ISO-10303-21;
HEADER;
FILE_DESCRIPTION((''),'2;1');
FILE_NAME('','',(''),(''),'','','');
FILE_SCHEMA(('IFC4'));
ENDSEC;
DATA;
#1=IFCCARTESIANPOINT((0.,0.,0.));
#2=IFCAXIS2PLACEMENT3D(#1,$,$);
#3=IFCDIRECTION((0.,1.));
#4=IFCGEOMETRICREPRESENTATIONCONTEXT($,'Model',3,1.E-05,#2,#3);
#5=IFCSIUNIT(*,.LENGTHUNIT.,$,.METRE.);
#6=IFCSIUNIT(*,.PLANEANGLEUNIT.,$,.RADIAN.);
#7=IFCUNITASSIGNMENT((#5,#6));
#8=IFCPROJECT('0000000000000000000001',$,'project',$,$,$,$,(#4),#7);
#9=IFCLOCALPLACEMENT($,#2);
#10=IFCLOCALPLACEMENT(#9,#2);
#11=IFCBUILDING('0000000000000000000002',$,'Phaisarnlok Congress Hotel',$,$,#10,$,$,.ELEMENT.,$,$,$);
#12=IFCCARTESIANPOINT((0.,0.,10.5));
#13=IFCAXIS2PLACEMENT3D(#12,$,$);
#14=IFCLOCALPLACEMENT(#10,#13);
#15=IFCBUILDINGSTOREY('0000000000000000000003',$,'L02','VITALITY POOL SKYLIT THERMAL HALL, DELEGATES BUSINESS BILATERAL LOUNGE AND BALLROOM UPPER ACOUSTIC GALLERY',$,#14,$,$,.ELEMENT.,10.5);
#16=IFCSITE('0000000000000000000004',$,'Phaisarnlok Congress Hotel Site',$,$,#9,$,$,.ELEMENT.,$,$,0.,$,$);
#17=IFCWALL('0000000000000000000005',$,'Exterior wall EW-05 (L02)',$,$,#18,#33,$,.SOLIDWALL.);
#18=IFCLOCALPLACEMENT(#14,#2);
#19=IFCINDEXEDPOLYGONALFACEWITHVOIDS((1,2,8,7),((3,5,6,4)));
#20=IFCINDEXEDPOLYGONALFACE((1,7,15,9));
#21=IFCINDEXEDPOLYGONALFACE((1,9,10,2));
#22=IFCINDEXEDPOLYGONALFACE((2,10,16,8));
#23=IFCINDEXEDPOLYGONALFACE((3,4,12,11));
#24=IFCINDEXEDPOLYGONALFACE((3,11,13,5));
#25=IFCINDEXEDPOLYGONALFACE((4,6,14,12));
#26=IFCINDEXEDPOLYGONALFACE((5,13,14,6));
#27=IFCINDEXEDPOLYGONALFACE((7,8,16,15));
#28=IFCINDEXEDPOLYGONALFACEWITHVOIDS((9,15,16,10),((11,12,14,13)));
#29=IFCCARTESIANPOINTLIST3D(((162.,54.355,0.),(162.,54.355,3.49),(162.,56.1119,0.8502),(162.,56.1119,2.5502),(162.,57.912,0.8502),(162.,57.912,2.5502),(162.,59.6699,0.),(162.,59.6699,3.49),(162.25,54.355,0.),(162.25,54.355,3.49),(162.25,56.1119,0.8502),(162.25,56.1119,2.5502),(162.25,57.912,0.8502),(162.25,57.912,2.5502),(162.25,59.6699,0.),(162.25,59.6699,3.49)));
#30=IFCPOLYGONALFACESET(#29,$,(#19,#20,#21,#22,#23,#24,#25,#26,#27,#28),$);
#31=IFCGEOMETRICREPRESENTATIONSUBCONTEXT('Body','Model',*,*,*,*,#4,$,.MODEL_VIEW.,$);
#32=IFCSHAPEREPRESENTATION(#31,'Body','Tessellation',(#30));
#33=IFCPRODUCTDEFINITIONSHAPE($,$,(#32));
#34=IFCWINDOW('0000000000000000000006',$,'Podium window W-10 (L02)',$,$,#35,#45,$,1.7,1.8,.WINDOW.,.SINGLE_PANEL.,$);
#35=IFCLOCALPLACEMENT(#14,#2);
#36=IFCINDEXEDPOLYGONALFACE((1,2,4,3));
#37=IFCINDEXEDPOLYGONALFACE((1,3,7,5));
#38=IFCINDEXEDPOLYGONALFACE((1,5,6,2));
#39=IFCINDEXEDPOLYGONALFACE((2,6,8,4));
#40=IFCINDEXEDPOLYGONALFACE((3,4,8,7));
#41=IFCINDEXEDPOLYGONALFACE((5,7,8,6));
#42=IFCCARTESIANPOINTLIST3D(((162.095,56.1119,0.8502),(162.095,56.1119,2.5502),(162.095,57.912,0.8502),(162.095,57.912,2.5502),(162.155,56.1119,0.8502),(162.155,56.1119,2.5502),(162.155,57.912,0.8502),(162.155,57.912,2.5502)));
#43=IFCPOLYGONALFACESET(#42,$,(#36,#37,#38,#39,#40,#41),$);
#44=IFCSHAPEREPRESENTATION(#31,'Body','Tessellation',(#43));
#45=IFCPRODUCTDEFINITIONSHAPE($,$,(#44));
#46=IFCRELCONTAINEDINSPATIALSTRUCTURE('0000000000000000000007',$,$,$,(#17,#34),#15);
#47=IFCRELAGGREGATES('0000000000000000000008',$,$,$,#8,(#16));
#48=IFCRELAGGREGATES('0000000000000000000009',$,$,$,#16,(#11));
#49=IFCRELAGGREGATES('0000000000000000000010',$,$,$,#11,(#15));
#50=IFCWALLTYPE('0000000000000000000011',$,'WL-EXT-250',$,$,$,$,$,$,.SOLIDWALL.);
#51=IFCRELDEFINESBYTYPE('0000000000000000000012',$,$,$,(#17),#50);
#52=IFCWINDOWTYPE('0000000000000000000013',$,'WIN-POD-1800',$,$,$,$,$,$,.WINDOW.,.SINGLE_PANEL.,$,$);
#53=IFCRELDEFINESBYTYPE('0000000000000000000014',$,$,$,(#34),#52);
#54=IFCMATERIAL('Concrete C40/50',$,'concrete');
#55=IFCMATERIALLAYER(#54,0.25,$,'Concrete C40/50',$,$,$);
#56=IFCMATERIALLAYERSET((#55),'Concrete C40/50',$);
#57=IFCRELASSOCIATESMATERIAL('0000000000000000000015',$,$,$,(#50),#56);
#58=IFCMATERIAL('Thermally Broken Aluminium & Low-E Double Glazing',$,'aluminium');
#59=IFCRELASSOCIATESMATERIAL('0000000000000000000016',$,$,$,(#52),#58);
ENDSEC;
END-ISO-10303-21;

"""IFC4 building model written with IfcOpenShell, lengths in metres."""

from ifc_helpers import new_model, si_unit, direction, frame, frame_2d, origin, place, context, subcontext, project, spatial, rectangle, extrude, material, layer, layer_set, type_object, element, fill, save


model = new_model("IFC4")

# Units and contexts
model_context = context("Model", 3, precision=1e-05, world=origin(), true_north=direction((0.0, 1.0)))
body_context = subcontext(model_context, "Body", "Model", "MODEL_VIEW")
ifc_project = project(units=[si_unit("LENGTHUNIT", "METRE"), si_unit("PLANEANGLEUNIT", "RADIAN")], contexts=[model_context])

# Site, building, storey
site_placement = place(None, origin())
site = spatial("IfcSite", under=ifc_project, at=site_placement, Name="Phaisarnlok Congress Hotel Site", CompositionType="ELEMENT", RefElevation=0.0)
building_placement = place(site_placement, origin())
building = spatial("IfcBuilding", under=site, at=building_placement, Name="Phaisarnlok Congress Hotel", CompositionType="ELEMENT")
storey_placement = place(building_placement, frame((0.0, 0.0, 10.5)))
storey = spatial("IfcBuildingStorey", under=building, at=storey_placement, Name="L02", Description="VITALITY POOL SKYLIT THERMAL HALL, DELEGATES BUSINESS BILATERAL LOUNGE AND BALLROOM UPPER ACOUSTIC GALLERY", CompositionType="ELEMENT", Elevation=10.5)

# Shared definitions
ifc_material_1 = material(Name="Concrete C40/50", Category="concrete")

# Wall, opening, window
ifc_layer_1 = layer(ifc_material_1, 0.25, Name="Concrete C40/50")
ifc_layer_set_1 = layer_set([ifc_layer_1], Name="Concrete C40/50")
wall_type = type_object("IfcWallType", Name="WL-EXT-250", PredefinedType="SOLIDWALL", material=ifc_layer_set_1)
wall_placement = place(storey_placement, frame((162.125, 59.6699, 0.0), z_axis=(0.0, 0.0, 1.0), x_axis=(0.0, -1.0, 0.0)))
wall = element("IfcWall", 1, at=wall_placement, inside=storey, type_object=wall_type, Name="Exterior wall EW-05 (L02)", PredefinedType="SOLIDWALL", context=body_context, shape_type="SweptSolid", body=[
    extrude(rectangle(XDim=5.3149, YDim=0.25, at=frame_2d((2.6575, 0.0))), origin(), (0.0, 0.0, 1.0), 3.49),
])
opening_placement = place(wall_placement, frame((1.7581, 0.0, 0.8501)))
opening = element("IfcOpeningElement", 2, at=opening_placement, cuts=wall, PredefinedType="OPENING", context=body_context, shape_type="SweptSolid", body=[
    extrude(rectangle(XDim=1.8, YDim=1.7, at=frame_2d((0.8999, 0.8501))), frame((0.0, 0.135, 0.0), z_axis=(0.0, -1.0, 0.0), x_axis=(1.0, 0.0, 0.0)), (0.0, 0.0, 1.0), 0.27),
])
ifc_material_2 = material(Name="Thermally Broken Aluminium & Low-E Double Glazing", Category="aluminium")
window_type = type_object("IfcWindowType", Name="WIN-POD-1800", PartitioningType="SINGLE_PANEL", PredefinedType="WINDOW", material=ifc_material_2)
window_placement = place(opening_placement, origin())
window = element("IfcWindow", 3, at=window_placement, inside=storey, type_object=window_type, Name="Podium window W-10 (L02)", OverallHeight=1.7, OverallWidth=1.8, PartitioningType="SINGLE_PANEL", PredefinedType="WINDOW", context=body_context, shape_type="SweptSolid", body=[
    extrude(rectangle(XDim=1.8, YDim=1.7, at=frame_2d((0.8999, 0.8501))), frame((0.0, 0.03, 0.0), z_axis=(0.0, -1.0, 0.0), x_axis=(1.0, 0.0, 0.0)), (0.0, 0.0, 1.0), 0.0601),
])
fill(opening, window)

save(model, "model.ifc")
